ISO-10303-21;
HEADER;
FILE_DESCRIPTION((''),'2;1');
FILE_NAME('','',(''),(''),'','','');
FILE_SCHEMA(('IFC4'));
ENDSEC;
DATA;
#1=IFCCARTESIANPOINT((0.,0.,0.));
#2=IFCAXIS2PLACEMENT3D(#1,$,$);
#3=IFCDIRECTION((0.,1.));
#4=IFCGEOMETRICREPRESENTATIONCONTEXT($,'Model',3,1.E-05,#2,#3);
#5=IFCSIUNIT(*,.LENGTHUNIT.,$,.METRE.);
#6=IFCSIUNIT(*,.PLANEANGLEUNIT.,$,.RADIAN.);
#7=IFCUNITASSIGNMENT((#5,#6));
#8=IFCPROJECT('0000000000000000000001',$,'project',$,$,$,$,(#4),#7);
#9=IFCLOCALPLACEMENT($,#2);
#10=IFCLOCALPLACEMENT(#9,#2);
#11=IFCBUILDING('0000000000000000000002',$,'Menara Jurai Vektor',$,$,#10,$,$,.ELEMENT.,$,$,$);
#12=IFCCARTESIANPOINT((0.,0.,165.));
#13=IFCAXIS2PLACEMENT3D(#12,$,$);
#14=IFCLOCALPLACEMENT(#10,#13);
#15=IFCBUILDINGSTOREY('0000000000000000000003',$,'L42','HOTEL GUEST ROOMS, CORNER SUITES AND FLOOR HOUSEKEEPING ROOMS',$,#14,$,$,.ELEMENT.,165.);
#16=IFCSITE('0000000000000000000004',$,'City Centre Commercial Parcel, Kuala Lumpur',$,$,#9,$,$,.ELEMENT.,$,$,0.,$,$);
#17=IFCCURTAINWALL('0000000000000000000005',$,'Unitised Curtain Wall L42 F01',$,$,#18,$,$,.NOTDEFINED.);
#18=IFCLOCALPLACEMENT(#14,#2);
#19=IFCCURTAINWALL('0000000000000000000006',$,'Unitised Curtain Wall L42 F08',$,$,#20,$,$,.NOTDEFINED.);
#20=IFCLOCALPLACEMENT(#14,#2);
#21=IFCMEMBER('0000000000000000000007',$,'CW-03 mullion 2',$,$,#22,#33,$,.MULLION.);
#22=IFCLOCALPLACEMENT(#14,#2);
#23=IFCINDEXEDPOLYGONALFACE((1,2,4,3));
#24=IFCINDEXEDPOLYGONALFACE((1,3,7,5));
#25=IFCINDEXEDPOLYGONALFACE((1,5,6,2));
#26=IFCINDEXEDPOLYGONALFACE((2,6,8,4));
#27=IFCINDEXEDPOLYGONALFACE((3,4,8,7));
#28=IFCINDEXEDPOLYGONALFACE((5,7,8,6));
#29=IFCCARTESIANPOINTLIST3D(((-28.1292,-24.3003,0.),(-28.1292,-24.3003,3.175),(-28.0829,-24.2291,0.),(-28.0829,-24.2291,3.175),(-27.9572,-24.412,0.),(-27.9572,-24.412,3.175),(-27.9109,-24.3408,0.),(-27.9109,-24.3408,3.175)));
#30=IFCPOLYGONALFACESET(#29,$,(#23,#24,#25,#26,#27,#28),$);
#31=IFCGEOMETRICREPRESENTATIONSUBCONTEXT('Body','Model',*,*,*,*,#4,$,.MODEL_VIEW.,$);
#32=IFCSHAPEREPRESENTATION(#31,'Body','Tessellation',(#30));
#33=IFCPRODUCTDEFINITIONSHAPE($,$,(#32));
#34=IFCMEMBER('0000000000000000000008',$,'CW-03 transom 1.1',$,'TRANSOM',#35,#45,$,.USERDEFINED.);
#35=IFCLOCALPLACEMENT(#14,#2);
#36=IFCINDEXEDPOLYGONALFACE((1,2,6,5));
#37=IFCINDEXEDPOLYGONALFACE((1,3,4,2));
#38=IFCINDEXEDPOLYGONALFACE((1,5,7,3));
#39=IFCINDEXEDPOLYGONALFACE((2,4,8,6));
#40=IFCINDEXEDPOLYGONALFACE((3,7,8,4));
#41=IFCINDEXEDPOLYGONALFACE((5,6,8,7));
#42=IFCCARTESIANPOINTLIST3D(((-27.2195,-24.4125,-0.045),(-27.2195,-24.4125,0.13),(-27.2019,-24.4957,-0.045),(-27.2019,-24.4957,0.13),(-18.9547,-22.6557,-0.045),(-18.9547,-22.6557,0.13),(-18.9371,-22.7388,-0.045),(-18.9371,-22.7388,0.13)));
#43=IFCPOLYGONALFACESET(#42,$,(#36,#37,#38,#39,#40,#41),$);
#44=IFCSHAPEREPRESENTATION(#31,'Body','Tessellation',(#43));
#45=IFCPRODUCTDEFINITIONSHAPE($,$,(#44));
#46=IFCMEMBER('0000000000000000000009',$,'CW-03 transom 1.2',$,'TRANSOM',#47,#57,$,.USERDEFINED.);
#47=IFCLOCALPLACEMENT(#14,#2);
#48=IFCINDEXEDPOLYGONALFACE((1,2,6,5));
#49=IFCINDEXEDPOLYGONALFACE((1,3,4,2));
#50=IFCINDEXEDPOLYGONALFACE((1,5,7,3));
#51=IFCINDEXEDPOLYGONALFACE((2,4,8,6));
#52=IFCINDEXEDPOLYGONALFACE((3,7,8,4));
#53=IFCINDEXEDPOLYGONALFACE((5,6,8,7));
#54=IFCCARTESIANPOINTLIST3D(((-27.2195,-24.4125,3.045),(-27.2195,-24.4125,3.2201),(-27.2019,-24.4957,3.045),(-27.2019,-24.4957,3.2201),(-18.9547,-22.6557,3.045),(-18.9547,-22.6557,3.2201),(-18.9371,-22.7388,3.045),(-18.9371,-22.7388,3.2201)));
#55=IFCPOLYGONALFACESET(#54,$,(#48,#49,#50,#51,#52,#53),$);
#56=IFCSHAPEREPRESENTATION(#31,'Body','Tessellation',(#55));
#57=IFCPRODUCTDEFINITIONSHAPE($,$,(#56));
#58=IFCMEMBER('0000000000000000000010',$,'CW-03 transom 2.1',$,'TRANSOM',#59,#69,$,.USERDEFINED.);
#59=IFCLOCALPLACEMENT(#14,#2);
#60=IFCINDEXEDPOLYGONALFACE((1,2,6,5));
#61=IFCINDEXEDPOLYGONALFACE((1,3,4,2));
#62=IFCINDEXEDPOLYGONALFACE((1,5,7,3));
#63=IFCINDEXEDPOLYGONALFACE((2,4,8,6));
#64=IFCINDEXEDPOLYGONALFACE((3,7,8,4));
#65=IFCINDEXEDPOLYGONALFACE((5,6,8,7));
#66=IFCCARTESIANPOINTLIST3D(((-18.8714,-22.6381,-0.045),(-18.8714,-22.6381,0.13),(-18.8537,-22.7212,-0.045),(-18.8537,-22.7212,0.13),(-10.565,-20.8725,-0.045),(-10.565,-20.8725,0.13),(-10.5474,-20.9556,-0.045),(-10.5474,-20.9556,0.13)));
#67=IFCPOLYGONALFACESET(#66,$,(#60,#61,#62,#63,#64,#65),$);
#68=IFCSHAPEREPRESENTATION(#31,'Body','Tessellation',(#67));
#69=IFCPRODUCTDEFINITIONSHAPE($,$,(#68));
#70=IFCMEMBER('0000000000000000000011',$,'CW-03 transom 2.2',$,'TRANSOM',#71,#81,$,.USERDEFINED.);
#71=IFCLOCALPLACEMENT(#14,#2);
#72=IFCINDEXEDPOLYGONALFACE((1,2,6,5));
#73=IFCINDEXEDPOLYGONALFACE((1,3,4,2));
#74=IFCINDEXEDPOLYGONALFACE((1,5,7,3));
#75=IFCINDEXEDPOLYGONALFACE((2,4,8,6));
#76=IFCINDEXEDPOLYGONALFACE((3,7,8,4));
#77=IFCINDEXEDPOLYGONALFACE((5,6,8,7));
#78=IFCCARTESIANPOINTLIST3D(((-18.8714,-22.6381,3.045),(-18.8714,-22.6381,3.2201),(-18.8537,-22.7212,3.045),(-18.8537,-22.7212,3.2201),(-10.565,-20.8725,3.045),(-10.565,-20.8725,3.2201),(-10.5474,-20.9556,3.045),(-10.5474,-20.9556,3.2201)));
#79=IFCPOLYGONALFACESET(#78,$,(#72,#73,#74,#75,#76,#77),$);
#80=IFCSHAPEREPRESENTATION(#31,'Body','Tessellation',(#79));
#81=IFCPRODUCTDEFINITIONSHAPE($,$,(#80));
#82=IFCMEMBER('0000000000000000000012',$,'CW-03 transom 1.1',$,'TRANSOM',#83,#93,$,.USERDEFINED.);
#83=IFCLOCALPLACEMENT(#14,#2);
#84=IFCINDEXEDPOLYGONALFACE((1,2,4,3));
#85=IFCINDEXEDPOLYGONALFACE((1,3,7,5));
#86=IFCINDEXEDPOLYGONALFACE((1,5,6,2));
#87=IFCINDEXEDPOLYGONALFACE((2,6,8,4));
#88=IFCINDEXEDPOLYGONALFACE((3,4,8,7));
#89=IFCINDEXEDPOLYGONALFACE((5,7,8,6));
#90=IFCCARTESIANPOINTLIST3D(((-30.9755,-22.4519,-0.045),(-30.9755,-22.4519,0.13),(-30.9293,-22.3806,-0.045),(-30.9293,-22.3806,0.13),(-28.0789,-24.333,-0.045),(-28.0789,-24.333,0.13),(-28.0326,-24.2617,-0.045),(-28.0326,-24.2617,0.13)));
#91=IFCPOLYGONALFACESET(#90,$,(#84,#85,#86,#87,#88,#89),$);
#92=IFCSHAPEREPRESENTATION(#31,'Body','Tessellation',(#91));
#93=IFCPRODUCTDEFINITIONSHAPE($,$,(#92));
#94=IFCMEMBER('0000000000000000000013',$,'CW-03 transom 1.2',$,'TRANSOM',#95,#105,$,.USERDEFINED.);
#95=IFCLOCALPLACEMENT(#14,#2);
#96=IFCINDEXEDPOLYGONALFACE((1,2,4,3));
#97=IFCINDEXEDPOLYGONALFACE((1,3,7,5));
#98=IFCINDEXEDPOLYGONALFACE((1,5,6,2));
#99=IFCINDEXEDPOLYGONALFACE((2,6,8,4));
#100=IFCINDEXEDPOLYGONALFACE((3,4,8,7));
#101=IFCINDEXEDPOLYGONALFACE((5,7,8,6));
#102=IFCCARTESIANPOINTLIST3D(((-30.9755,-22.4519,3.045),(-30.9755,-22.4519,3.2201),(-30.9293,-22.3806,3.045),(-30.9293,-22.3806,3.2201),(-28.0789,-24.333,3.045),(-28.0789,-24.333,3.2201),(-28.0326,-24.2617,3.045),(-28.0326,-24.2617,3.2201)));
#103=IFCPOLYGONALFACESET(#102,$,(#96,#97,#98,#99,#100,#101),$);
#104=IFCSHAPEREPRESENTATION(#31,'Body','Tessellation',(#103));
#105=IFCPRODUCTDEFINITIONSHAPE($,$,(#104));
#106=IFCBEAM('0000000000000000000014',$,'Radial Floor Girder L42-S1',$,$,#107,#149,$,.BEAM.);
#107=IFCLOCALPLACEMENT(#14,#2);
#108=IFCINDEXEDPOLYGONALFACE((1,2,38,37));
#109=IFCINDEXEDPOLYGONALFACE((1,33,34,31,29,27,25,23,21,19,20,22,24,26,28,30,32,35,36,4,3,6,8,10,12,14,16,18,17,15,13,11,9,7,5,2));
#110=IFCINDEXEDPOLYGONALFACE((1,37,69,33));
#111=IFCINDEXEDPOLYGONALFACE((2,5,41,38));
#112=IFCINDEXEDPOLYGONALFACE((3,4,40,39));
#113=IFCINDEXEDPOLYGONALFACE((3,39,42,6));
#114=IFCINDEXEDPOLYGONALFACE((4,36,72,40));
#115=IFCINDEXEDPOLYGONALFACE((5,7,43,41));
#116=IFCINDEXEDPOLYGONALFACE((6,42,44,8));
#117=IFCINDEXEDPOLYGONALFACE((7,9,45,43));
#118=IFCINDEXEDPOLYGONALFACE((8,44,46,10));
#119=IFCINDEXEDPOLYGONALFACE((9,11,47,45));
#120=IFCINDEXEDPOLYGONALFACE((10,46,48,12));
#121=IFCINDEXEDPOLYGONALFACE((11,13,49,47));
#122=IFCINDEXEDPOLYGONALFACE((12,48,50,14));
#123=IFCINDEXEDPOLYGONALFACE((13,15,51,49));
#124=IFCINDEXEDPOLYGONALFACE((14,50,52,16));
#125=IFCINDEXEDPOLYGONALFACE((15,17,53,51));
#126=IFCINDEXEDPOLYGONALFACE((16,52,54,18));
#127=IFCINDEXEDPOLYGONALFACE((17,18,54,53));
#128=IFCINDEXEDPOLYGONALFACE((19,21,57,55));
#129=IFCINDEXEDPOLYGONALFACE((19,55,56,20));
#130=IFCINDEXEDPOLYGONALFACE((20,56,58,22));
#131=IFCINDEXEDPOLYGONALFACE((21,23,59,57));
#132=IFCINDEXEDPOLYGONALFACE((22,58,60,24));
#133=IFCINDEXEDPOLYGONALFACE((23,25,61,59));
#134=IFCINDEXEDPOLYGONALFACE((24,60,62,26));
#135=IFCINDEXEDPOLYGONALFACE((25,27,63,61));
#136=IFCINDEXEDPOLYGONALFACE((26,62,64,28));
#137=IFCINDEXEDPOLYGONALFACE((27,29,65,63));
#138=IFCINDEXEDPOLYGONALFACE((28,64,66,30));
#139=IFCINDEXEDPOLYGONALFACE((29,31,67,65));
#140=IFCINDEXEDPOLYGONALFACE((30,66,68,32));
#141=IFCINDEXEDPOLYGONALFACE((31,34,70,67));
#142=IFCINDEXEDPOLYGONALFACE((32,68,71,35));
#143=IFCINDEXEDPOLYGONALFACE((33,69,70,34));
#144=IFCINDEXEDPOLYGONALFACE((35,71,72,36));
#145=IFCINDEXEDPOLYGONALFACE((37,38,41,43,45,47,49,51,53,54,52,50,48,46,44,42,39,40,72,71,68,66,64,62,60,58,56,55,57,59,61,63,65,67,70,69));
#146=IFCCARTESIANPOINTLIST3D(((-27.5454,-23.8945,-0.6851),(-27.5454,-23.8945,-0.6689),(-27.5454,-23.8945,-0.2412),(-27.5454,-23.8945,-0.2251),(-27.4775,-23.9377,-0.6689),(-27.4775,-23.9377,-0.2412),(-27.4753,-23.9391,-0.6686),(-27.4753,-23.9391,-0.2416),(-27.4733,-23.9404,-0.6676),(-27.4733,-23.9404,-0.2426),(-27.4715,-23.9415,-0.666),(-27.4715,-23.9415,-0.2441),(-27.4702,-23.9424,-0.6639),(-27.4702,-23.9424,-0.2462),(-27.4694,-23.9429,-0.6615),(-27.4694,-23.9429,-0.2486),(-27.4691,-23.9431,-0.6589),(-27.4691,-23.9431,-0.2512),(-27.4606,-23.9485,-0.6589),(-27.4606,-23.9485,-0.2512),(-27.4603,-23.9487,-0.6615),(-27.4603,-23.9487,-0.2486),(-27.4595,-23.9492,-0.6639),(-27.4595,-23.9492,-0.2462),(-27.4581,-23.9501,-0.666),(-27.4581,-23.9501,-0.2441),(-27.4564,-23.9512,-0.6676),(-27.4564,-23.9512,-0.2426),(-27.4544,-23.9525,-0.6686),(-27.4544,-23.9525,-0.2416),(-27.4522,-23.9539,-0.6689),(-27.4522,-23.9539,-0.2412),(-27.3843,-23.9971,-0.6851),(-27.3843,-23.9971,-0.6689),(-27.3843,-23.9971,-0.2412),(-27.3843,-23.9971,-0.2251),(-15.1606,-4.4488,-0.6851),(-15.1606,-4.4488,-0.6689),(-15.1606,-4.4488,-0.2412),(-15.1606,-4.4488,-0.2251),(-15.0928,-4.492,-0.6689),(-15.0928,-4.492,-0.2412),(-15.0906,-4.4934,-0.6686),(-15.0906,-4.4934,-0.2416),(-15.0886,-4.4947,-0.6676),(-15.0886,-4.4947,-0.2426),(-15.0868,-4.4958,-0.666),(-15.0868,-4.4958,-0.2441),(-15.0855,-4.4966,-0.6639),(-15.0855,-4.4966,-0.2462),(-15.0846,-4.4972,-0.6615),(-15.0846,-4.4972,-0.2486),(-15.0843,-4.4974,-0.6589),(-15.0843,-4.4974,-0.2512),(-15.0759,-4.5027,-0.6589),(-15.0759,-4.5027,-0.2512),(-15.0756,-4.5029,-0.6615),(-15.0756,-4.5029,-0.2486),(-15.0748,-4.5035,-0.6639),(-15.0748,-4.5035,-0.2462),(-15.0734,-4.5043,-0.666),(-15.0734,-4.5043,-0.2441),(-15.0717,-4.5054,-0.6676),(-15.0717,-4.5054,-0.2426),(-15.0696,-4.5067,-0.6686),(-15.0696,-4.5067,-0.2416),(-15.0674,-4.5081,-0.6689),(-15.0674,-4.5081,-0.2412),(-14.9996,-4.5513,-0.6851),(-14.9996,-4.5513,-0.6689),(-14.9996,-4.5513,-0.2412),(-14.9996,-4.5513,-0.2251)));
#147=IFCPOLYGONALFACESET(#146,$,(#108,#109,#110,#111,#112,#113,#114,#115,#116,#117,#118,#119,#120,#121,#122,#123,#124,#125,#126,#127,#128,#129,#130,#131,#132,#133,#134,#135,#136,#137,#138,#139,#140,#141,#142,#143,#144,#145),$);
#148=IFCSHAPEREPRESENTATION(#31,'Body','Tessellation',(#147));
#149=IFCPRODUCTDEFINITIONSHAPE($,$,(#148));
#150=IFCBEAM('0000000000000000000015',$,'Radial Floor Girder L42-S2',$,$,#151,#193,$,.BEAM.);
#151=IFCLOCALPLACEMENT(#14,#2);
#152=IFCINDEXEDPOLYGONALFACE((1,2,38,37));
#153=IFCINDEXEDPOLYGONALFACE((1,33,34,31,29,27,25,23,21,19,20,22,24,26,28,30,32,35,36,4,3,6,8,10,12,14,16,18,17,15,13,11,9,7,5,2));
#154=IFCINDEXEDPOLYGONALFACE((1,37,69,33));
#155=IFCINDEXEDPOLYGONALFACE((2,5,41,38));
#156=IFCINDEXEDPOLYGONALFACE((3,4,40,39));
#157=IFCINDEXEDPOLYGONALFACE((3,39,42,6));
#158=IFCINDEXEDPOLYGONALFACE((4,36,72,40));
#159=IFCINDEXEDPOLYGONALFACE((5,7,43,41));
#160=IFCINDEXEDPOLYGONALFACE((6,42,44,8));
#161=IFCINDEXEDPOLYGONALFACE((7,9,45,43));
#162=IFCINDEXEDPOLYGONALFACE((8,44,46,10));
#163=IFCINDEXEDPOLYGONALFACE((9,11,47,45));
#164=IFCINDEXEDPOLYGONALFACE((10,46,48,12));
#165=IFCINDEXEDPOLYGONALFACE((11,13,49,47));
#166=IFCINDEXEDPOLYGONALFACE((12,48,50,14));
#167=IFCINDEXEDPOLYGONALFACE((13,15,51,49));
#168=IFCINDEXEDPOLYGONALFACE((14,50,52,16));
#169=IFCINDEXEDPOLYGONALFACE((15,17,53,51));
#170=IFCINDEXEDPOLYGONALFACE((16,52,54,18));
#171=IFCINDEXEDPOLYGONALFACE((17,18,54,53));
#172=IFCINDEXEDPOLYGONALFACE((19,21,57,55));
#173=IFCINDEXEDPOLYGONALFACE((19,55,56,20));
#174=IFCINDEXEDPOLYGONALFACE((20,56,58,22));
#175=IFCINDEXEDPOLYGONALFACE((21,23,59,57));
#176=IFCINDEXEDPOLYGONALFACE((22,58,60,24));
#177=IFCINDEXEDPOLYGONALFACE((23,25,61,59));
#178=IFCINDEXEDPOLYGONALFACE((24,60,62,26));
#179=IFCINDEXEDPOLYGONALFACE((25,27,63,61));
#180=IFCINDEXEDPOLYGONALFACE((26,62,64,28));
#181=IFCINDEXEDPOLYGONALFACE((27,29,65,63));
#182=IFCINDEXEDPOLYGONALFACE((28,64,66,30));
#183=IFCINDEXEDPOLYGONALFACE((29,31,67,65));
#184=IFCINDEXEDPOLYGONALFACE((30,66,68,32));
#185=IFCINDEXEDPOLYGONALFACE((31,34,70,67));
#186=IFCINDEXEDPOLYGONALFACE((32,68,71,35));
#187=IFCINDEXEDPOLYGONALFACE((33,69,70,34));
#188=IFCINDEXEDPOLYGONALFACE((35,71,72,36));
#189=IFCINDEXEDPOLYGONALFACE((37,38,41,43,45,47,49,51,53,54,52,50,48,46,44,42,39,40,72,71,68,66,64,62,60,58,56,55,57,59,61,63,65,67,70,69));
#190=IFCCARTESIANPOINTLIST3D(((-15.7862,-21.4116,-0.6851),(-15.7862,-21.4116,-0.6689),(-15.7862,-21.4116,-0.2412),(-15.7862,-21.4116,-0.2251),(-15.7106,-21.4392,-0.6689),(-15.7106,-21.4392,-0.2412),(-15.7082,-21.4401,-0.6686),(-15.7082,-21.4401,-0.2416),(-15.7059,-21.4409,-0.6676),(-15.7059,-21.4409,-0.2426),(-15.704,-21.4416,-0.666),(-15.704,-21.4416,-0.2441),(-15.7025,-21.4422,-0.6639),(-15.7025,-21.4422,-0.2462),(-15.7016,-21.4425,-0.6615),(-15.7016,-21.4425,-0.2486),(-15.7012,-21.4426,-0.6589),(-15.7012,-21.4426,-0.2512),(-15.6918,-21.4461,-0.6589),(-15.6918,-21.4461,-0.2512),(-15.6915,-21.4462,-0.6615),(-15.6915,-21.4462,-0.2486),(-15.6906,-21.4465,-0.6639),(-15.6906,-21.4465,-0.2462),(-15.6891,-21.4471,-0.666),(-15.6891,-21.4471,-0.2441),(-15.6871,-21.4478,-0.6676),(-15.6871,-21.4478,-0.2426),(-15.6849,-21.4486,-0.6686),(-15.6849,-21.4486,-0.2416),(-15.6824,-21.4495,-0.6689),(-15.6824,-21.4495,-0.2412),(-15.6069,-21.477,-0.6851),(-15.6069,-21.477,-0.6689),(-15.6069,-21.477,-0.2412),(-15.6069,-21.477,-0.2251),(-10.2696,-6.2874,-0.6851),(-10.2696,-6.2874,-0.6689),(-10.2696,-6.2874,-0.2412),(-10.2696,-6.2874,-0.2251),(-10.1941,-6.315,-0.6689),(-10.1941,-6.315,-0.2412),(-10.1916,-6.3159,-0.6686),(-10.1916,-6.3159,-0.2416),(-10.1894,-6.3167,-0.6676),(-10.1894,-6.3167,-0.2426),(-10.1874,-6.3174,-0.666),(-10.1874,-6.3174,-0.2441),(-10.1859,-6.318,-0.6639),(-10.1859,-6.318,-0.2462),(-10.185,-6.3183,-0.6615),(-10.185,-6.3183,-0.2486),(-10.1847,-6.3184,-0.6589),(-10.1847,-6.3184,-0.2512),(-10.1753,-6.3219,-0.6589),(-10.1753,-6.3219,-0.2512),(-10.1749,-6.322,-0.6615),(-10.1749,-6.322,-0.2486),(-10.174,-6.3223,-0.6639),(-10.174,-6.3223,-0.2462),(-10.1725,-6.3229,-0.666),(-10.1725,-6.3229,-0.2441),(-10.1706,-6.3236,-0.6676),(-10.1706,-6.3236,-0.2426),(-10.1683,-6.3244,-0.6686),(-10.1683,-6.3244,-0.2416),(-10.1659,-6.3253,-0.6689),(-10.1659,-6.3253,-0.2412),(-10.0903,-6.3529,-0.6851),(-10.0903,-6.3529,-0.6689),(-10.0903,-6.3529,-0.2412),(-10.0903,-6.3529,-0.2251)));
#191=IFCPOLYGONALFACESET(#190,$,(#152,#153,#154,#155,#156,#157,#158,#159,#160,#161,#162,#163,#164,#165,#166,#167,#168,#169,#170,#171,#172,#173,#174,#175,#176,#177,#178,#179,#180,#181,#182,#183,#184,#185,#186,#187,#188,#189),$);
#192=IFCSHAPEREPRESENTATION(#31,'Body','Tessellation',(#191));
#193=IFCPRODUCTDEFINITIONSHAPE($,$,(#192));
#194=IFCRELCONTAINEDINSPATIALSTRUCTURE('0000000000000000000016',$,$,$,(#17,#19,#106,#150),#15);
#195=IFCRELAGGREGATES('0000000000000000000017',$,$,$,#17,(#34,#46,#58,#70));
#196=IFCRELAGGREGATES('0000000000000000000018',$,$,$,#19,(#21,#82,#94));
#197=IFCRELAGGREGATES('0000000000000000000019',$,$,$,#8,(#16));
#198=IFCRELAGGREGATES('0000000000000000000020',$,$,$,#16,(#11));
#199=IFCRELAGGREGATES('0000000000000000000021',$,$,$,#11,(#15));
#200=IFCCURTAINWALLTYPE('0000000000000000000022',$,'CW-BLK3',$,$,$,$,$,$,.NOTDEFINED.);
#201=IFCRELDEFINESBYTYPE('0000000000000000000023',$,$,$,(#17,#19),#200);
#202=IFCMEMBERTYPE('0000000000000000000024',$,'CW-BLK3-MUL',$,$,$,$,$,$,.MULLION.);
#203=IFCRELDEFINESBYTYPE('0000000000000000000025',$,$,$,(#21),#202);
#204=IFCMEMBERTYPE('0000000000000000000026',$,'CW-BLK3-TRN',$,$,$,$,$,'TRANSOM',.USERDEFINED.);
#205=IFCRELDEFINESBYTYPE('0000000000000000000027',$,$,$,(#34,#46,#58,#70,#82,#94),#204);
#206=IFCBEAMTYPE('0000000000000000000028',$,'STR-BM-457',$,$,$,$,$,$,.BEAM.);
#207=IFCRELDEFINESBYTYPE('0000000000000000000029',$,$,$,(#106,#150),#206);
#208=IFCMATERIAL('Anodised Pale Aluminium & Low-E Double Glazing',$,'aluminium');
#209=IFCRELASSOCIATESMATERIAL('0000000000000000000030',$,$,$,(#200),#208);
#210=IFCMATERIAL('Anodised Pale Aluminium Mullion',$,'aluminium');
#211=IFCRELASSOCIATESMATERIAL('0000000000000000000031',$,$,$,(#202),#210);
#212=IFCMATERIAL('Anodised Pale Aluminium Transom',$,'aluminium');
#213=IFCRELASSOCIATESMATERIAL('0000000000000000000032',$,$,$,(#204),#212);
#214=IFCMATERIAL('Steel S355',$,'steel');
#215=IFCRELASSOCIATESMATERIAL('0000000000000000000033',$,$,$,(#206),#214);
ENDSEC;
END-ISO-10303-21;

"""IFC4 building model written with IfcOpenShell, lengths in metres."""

from ifc_helpers import new_model, si_unit, direction, frame, origin, origin_2d, place, context, subcontext, project, spatial, rectangle, i_section, extrude, material, material_profile, profile_set, type_object, element, aggregate, save


model = new_model("IFC4")

# Units and contexts
model_context = context("Model", 3, precision=1e-05, world=origin(), true_north=direction((0.0, 1.0)))
body_context = subcontext(model_context, "Body", "Model", "MODEL_VIEW")
ifc_project = project(units=[si_unit("LENGTHUNIT", "METRE"), si_unit("PLANEANGLEUNIT", "RADIAN")], contexts=[model_context])

# Site, building, storey
site_placement = place(None, origin())
site = spatial("IfcSite", under=ifc_project, at=site_placement, Name="City Centre Commercial Parcel, Kuala Lumpur", CompositionType="ELEMENT", RefElevation=0.0)
building_placement = place(site_placement, origin())
building = spatial("IfcBuilding", under=site, at=building_placement, Name="Menara Jurai Vektor", CompositionType="ELEMENT")
storey_placement = place(building_placement, frame((0.0, 0.0, 165.0)))
storey = spatial("IfcBuildingStorey", under=building, at=storey_placement, Name="L42", Description="HOTEL GUEST ROOMS, CORNER SUITES AND FLOOR HOUSEKEEPING ROOMS", CompositionType="ELEMENT", Elevation=165.0)

# Curtain wall
ifc_material_1 = material(Name="Anodised Pale Aluminium & Low-E Double Glazing", Category="aluminium")
curtain_wall_type = type_object("IfcCurtainWallType", Name="CW-BLK3", PredefinedType="NOTDEFINED", material=ifc_material_1)
curtain_wall_1_placement = place(storey_placement, origin())
curtain_wall_1 = element("IfcCurtainWall", 1, at=curtain_wall_1_placement, inside=storey, type_object=curtain_wall_type, Name="Unitised Curtain Wall L42 F01", PredefinedType="NOTDEFINED")
ifc_material_2 = material(Name="Anodised Pale Aluminium Mullion", Category="aluminium")
ifc_material_profile_1 = material_profile(ifc_material_2, rectangle(XDim=0.085, YDim=0.2051, at=origin_2d()), Name="ALU MUL 85x205")
ifc_profile_set_1 = profile_set([ifc_material_profile_1], Name="Anodised Pale Aluminium Mullion")
member_type_1 = type_object("IfcMemberType", Name="CW-BLK3-MUL", PredefinedType="MULLION", material=ifc_profile_set_1)

# Curtain wall, member
curtain_wall_2_placement = place(storey_placement, origin())
curtain_wall_2 = element("IfcCurtainWall", 2, at=curtain_wall_2_placement, inside=storey, type_object=curtain_wall_type, Name="Unitised Curtain Wall L42 F08", PredefinedType="NOTDEFINED")
member_1_placement = place(storey_placement, frame((-28.02, -24.3206, 0.0), z_axis=(0.0, 0.0, 1.0), x_axis=(0.544618, 0.838684, 0.0)))
member_1 = element("IfcMember", 3, at=member_1_placement, type_object=member_type_1, Name="CW-03 mullion 2", PredefinedType="MULLION", context=body_context, shape_type="SweptSolid", body=[
    extrude(rectangle(XDim=0.085, YDim=0.2051, at=origin_2d()), origin(), (0.0, 0.0, 1.0), 3.175),
])

# Members
ifc_material_3 = material(Name="Anodised Pale Aluminium Transom", Category="aluminium")
ifc_material_profile_2 = material_profile(ifc_material_3, rectangle(XDim=0.085, YDim=0.175, at=origin_2d()), Name="ALU TRN 85x175")
ifc_profile_set_2 = profile_set([ifc_material_profile_2], Name="Anodised Pale Aluminium Transom")
member_type_2 = type_object("IfcMemberType", Name="CW-BLK3-TRN", ElementType="TRANSOM", PredefinedType="USERDEFINED", material=ifc_profile_set_2)
member_2_placement = place(storey_placement, frame((-27.2107, -24.4541, 0.0425), z_axis=(0.978146, 0.207921, 0.0), x_axis=(-0.207921, 0.978146, 0.0)))
member_2 = element("IfcMember", 4, at=member_2_placement, type_object=member_type_2, Name="CW-03 transom 1.1", ObjectType="TRANSOM", PredefinedType="USERDEFINED", context=body_context, shape_type="SweptSolid", body=[
    extrude(rectangle(XDim=0.085, YDim=0.175, at=origin_2d()), origin(), (0.0, 0.0, 1.0), 8.4495),
])
member_3_placement = place(storey_placement, frame((-27.2107, -24.4541, 3.1326), z_axis=(0.978146, 0.207921, 0.0), x_axis=(-0.207921, 0.978146, 0.0)))
member_3 = element("IfcMember", 5, at=member_3_placement, type_object=member_type_2, Name="CW-03 transom 1.2", ObjectType="TRANSOM", PredefinedType="USERDEFINED", context=body_context, shape_type="SweptSolid", body=[
    extrude(rectangle(XDim=0.085, YDim=0.175, at=origin_2d()), origin(), (0.0, 0.0, 1.0), 8.4495),
])
member_4_placement = place(storey_placement, frame((-18.8625, -22.6797, 0.0425), z_axis=(0.978147, 0.207917, 0.0), x_axis=(-0.207917, 0.978147, 0.0)))
member_4 = element("IfcMember", 6, at=member_4_placement, type_object=member_type_2, Name="CW-03 transom 2.1", ObjectType="TRANSOM", PredefinedType="USERDEFINED", context=body_context, shape_type="SweptSolid", body=[
    extrude(rectangle(XDim=0.085, YDim=0.175, at=origin_2d()), origin(), (0.0, 0.0, 1.0), 8.4919),
])
member_5_placement = place(storey_placement, frame((-18.8625, -22.6797, 3.1326), z_axis=(0.978147, 0.207917, 0.0), x_axis=(-0.207917, 0.978147, 0.0)))
member_5 = element("IfcMember", 7, at=member_5_placement, type_object=member_type_2, Name="CW-03 transom 2.2", ObjectType="TRANSOM", PredefinedType="USERDEFINED", context=body_context, shape_type="SweptSolid", body=[
    extrude(rectangle(XDim=0.085, YDim=0.175, at=origin_2d()), origin(), (0.0, 0.0, 1.0), 8.4919),
])
member_6_placement = place(storey_placement, frame((-30.9524, -22.4163, 0.0425), z_axis=(0.838678, -0.544628, 0.0), x_axis=(0.544628, 0.838678, 0.0)))
member_6 = element("IfcMember", 8, at=member_6_placement, type_object=member_type_2, Name="CW-03 transom 1.1", ObjectType="TRANSOM", PredefinedType="USERDEFINED", context=body_context, shape_type="SweptSolid", body=[
    extrude(rectangle(XDim=0.085, YDim=0.175, at=origin_2d()), origin(), (0.0, 0.0, 1.0), 3.4539),
])
member_7_placement = place(storey_placement, frame((-30.9524, -22.4163, 3.1326), z_axis=(0.838678, -0.544628, 0.0), x_axis=(0.544628, 0.838678, 0.0)))
member_7 = element("IfcMember", 9, at=member_7_placement, type_object=member_type_2, Name="CW-03 transom 1.2", ObjectType="TRANSOM", PredefinedType="USERDEFINED", context=body_context, shape_type="SweptSolid", body=[
    extrude(rectangle(XDim=0.085, YDim=0.175, at=origin_2d()), origin(), (0.0, 0.0, 1.0), 3.4539),
])

# Beams
ifc_material_4 = material(Name="Steel S355", Category="steel")
ifc_material_profile_3 = material_profile(ifc_material_4, i_section(OverallWidth=0.1909, OverallDepth=0.46, WebThickness=0.01, FlangeThickness=0.0161, FilletRadius=0.01, at=origin_2d()), Name="UKB 457x191x82")
ifc_profile_set_3 = profile_set([ifc_material_profile_3], Name="Steel S355")
beam_type_1 = type_object("IfcBeamType", Name="STR-BM-457", PredefinedType="BEAM", material=ifc_profile_set_3)
beam_1_placement = place(storey_placement, frame((-27.4648, -23.9458, -0.4551), z_axis=(0.537189, 0.843462, 0.0), x_axis=(-0.843462, 0.537189, 0.0)))
element("IfcBeam", 10, at=beam_1_placement, inside=storey, type_object=beam_type_1, Name="Radial Floor Girder L42-S1", PredefinedType="BEAM", context=body_context, shape_type="SweptSolid", body=[
    extrude(i_section(OverallWidth=0.1909, OverallDepth=0.46, WebThickness=0.01, FlangeThickness=0.0161, FilletRadius=0.01, at=origin_2d()), origin(), (0.0, 0.0, 1.0), 23.0547),
])
beam_2_placement = place(storey_placement, frame((-15.6965, -21.4443, -0.4551), z_axis=(0.342668, 0.939456, 0.0), x_axis=(-0.939456, 0.342668, 0.0)))
element("IfcBeam", 11, at=beam_2_placement, inside=storey, type_object=beam_type_1, Name="Radial Floor Girder L42-S2", PredefinedType="BEAM", context=body_context, shape_type="SweptSolid", body=[
    extrude(i_section(OverallWidth=0.1909, OverallDepth=0.46, WebThickness=0.01, FlangeThickness=0.0161, FilletRadius=0.01, at=origin_2d()), origin(), (0.0, 0.0, 1.0), 16.0989),
])

aggregate(curtain_wall_1, [member_2, member_3, member_4, member_5])
aggregate(curtain_wall_2, [member_1, member_6, member_7])

save(model, "model.ifc")
